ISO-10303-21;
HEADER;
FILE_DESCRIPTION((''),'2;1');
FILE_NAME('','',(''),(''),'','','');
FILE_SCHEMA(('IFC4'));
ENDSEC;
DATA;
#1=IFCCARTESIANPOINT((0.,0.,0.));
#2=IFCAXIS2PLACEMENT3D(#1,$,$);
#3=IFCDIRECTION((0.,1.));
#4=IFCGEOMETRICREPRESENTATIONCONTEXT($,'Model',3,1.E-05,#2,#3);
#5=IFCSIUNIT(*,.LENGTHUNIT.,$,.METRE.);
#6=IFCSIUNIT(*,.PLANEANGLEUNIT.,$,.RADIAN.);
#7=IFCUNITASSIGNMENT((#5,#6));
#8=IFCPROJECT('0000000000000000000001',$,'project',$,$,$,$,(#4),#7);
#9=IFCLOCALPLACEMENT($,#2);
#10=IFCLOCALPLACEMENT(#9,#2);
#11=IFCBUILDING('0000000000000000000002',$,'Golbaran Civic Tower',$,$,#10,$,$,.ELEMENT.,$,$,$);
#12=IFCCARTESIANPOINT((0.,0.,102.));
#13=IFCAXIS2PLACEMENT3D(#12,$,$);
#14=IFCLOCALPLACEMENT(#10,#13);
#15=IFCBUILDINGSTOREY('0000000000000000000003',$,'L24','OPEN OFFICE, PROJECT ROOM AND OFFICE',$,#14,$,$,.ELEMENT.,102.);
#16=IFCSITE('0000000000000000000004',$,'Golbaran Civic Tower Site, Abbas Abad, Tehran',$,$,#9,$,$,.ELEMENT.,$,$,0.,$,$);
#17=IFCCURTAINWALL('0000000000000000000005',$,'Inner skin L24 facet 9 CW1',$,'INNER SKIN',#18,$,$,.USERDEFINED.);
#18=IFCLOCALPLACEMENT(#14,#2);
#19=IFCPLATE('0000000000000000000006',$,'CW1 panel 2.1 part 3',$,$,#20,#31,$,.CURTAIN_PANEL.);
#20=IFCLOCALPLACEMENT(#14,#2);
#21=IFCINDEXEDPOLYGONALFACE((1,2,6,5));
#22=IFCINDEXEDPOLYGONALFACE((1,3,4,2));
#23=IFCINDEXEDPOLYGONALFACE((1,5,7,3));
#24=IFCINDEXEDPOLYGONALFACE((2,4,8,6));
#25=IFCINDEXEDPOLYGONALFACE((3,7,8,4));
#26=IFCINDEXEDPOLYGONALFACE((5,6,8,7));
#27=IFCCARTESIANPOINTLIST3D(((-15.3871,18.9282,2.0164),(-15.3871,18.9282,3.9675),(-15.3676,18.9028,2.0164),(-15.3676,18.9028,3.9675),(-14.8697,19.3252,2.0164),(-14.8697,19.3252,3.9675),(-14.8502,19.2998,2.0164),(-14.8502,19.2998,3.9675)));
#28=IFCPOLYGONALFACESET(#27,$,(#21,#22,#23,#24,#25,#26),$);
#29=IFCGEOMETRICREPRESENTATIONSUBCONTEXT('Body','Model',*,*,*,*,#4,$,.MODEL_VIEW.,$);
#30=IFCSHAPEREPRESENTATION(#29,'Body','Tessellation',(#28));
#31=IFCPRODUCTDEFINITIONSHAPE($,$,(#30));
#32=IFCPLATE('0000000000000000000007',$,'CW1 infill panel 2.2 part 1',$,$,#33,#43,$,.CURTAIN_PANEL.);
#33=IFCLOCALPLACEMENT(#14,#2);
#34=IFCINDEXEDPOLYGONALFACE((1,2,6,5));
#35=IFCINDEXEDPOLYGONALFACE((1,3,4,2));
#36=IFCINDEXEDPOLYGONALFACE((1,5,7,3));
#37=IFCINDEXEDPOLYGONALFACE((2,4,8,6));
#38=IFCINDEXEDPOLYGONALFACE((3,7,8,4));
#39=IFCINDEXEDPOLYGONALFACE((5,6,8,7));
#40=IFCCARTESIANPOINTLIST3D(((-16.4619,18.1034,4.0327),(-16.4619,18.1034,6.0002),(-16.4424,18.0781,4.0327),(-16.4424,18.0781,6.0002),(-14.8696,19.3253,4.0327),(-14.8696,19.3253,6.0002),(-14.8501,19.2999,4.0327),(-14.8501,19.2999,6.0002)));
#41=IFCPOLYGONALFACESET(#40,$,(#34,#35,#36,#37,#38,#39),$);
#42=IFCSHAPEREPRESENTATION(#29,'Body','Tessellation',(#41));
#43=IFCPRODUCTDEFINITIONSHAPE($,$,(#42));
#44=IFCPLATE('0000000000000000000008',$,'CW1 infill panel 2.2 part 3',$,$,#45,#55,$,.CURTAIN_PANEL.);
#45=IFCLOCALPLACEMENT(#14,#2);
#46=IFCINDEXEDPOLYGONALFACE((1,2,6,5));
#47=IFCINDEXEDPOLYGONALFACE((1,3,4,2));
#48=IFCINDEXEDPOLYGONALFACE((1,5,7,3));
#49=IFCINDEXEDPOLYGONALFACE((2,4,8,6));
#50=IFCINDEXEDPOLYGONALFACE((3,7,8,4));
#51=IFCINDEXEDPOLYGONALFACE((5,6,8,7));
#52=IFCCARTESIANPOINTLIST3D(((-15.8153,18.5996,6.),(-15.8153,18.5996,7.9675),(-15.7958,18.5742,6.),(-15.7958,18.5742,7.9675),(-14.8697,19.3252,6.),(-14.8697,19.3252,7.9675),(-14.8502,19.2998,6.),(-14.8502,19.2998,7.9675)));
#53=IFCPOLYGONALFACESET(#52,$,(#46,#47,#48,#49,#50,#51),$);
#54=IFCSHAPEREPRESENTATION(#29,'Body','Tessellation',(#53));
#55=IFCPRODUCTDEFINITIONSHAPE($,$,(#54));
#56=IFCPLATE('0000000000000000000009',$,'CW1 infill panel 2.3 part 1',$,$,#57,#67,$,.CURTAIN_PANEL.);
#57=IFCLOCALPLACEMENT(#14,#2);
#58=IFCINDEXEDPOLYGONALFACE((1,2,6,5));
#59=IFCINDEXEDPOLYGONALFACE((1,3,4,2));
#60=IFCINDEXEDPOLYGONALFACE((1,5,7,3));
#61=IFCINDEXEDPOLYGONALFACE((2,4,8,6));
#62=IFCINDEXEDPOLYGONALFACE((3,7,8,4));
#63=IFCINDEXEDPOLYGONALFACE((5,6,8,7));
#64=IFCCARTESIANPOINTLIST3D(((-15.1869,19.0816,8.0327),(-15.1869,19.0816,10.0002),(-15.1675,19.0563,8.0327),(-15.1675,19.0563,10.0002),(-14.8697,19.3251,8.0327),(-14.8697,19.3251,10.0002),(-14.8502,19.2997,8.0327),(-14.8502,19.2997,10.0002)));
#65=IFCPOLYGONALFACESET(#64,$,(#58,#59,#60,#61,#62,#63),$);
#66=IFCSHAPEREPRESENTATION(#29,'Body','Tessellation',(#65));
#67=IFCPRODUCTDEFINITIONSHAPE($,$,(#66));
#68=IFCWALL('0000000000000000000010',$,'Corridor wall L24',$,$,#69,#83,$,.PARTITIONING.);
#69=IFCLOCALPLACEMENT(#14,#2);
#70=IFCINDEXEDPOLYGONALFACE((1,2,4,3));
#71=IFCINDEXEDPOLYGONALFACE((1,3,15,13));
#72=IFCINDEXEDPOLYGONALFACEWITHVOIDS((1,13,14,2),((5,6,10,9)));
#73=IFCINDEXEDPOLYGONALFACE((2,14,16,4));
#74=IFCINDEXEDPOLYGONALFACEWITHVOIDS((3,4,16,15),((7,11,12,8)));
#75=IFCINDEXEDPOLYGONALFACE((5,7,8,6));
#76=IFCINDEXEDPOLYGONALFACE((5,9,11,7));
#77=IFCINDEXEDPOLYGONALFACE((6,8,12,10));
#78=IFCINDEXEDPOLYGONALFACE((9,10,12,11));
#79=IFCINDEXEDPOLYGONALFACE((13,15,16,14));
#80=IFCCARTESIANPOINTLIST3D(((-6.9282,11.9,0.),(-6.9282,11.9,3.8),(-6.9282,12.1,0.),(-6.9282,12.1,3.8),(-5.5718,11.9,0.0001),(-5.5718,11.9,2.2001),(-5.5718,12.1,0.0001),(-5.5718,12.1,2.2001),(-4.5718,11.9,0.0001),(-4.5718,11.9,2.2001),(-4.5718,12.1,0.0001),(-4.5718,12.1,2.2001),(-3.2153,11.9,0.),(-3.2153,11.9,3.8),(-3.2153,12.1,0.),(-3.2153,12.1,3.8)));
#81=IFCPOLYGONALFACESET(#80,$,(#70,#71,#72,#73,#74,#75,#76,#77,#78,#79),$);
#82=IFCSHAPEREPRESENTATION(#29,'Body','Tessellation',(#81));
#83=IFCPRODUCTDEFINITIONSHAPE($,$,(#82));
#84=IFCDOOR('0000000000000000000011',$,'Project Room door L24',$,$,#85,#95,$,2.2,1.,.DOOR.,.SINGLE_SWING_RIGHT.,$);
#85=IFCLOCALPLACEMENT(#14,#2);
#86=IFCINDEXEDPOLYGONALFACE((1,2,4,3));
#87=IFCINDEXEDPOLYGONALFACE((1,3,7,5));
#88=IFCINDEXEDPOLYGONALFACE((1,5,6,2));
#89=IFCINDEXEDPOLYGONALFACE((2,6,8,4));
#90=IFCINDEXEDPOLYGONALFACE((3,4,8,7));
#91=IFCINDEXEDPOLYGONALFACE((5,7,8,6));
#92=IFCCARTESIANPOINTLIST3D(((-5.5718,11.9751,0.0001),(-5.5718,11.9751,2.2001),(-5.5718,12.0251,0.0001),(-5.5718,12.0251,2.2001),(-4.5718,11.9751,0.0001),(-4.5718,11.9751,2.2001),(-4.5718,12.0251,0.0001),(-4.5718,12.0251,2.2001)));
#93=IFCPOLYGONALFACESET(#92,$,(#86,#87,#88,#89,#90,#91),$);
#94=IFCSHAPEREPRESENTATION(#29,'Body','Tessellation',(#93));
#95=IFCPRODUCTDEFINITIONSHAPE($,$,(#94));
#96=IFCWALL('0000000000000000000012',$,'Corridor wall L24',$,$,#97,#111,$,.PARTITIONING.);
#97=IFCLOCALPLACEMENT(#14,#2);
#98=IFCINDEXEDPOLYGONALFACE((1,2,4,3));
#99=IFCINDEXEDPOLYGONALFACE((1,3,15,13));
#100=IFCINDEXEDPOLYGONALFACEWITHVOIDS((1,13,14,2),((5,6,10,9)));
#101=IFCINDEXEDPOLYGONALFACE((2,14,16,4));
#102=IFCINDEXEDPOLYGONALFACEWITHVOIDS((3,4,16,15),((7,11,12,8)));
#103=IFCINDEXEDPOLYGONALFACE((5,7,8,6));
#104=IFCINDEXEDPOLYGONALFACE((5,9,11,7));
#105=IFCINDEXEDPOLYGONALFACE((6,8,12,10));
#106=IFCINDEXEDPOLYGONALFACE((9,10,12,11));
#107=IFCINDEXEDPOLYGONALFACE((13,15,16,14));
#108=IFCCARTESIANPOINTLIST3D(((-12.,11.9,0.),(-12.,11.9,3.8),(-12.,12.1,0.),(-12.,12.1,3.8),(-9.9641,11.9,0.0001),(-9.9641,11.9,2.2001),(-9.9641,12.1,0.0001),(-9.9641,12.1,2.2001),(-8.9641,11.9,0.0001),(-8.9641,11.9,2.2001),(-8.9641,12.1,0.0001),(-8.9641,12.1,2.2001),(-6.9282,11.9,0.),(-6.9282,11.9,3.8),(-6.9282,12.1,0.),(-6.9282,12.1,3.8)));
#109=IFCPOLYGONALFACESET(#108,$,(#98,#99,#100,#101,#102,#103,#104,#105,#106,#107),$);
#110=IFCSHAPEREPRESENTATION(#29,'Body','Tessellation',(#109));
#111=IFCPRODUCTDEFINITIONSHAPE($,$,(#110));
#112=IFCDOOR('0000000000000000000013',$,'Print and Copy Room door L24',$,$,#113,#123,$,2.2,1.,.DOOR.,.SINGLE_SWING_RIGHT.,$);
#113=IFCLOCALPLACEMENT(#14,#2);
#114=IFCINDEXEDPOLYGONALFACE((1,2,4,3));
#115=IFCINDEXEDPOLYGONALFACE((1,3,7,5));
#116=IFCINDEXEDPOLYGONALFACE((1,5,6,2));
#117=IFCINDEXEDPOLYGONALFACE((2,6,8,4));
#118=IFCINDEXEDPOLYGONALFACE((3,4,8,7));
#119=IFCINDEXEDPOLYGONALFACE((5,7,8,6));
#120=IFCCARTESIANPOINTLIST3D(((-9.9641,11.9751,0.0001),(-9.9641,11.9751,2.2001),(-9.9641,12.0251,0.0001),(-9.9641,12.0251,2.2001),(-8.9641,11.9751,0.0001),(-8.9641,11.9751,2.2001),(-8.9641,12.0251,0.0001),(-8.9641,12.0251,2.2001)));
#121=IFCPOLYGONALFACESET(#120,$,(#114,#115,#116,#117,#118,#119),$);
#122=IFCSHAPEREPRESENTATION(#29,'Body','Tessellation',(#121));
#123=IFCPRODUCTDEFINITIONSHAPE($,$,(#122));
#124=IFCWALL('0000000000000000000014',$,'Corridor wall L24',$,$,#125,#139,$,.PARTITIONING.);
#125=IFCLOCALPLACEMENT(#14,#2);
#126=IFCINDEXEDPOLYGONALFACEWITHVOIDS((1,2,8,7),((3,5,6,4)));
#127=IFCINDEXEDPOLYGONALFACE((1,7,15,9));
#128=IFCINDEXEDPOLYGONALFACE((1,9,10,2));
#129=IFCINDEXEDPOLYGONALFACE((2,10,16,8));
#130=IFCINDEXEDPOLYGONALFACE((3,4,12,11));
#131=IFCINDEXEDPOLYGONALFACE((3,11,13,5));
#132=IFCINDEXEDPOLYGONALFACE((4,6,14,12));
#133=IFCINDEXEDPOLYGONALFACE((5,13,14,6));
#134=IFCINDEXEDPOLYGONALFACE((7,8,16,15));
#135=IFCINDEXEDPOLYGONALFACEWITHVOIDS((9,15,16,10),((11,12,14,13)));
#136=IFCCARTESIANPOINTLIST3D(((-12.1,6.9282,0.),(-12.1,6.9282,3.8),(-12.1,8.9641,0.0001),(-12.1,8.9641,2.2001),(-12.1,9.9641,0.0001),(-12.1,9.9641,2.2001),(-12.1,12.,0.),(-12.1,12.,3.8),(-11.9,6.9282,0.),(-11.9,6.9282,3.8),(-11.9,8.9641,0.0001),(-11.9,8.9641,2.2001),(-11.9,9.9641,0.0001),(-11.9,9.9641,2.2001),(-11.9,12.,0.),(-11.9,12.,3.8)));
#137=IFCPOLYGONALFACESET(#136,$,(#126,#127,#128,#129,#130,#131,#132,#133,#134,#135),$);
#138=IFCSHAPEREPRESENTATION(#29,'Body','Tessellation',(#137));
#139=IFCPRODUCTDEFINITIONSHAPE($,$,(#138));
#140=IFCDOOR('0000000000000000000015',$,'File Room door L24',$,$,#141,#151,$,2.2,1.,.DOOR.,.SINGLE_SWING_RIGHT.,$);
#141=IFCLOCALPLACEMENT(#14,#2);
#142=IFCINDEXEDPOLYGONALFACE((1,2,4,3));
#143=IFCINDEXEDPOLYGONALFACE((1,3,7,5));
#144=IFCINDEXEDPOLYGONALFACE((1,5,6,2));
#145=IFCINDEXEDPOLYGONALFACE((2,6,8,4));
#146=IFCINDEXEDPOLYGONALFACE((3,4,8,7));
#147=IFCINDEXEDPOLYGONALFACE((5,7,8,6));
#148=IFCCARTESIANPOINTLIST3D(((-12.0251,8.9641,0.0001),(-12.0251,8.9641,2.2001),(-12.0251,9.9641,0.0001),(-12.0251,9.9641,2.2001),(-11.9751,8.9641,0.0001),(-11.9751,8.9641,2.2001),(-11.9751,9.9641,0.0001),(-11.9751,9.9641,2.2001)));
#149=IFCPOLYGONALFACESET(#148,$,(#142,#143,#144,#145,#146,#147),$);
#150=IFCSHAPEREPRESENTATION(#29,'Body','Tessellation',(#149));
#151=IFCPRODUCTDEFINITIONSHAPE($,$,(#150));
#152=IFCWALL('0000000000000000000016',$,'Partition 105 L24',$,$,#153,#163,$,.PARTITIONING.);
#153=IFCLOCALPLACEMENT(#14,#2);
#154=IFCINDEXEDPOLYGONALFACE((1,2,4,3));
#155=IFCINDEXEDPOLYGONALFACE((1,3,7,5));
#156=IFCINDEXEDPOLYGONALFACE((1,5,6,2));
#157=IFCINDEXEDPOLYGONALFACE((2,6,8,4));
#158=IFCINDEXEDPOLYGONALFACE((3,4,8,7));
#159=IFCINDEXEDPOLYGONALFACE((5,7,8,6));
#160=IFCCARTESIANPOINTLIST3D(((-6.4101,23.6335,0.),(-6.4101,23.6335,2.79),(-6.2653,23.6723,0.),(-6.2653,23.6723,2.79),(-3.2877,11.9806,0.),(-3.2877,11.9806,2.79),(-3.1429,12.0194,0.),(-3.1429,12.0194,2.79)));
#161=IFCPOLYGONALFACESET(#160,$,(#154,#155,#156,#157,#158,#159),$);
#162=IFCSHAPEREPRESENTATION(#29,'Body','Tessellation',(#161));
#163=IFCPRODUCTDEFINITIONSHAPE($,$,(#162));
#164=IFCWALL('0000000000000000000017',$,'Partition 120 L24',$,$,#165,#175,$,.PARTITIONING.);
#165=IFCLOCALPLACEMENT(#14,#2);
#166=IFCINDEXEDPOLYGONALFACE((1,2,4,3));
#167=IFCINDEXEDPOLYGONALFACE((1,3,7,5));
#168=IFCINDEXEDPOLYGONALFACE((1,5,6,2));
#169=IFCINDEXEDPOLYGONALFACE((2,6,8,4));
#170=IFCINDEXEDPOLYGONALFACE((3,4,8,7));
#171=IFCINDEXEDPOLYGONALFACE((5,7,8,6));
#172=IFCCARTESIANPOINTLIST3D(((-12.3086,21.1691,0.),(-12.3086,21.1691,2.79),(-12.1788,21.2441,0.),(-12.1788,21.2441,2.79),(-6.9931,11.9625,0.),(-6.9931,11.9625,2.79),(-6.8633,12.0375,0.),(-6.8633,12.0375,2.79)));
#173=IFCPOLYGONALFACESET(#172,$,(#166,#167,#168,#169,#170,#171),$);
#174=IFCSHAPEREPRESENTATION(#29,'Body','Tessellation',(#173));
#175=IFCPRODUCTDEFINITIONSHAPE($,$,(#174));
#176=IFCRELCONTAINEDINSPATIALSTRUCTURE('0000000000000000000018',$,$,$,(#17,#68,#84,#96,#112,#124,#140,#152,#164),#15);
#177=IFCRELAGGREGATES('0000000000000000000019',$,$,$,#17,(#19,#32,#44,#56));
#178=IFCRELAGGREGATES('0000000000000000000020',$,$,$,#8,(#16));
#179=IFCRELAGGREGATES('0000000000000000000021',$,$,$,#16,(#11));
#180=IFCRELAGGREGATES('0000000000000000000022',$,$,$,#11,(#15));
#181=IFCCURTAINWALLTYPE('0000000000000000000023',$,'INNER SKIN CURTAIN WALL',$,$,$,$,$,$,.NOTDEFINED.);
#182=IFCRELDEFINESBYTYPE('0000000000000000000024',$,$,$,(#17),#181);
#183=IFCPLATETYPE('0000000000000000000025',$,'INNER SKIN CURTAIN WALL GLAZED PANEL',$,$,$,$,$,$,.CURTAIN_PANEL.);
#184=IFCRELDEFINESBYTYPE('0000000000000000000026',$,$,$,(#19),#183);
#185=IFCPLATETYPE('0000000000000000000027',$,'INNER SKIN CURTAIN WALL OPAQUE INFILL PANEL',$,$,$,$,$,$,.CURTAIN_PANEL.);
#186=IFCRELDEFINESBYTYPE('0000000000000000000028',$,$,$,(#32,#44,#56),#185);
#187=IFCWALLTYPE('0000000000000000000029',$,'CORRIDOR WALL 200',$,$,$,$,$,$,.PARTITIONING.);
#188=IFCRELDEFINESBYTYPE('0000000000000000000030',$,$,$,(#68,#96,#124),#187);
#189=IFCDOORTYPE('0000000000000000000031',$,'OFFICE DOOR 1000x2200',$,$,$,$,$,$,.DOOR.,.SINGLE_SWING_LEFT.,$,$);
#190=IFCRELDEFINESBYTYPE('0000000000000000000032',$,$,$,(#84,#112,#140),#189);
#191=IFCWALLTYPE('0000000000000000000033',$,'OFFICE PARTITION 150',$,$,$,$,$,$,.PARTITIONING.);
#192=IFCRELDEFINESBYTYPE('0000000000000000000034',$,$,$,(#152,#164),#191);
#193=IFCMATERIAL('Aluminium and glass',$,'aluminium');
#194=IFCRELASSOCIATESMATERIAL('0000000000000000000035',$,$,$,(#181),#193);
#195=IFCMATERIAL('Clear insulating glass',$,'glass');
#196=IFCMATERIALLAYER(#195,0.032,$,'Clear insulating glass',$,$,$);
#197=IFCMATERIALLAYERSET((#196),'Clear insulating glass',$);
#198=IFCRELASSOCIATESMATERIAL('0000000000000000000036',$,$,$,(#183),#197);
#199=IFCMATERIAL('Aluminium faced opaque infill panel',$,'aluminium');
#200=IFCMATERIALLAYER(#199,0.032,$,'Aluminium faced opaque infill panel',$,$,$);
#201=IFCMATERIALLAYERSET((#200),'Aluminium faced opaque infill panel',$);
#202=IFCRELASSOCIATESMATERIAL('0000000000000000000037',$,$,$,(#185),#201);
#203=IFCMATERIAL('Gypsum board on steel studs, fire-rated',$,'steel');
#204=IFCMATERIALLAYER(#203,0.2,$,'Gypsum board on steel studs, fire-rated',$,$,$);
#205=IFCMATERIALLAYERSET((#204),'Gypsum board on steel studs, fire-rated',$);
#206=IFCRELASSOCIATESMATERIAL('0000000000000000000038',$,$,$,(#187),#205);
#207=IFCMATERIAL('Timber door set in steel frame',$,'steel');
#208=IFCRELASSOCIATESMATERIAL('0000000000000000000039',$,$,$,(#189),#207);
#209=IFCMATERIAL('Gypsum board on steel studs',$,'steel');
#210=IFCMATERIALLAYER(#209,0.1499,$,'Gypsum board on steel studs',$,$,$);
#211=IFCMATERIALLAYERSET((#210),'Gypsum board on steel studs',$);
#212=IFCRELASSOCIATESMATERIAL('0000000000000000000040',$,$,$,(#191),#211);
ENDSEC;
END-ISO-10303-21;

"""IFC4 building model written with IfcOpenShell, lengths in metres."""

from ifc_helpers import new_model, si_unit, direction, frame, frame_2d, origin, origin_2d, place, context, subcontext, project, spatial, rectangle, extrude, material, layer, layer_set, type_object, element, fill, aggregate, save


model = new_model("IFC4")

# Units and contexts
model_context = context("Model", 3, precision=1e-05, world=origin(), true_north=direction((0.0, 1.0)))
body_context = subcontext(model_context, "Body", "Model", "MODEL_VIEW")
ifc_project = project(units=[si_unit("LENGTHUNIT", "METRE"), si_unit("PLANEANGLEUNIT", "RADIAN")], contexts=[model_context])

# Site, building, storey
site_placement = place(None, origin())
site = spatial("IfcSite", under=ifc_project, at=site_placement, Name="Golbaran Civic Tower Site, Abbas Abad, Tehran", CompositionType="ELEMENT", RefElevation=0.0)
building_placement = place(site_placement, origin())
building = spatial("IfcBuilding", under=site, at=building_placement, Name="Golbaran Civic Tower", CompositionType="ELEMENT")
storey_placement = place(building_placement, frame((0.0, 0.0, 102.0)))
storey = spatial("IfcBuildingStorey", under=building, at=storey_placement, Name="L24", Description="OPEN OFFICE, PROJECT ROOM AND OFFICE", CompositionType="ELEMENT", Elevation=102.0)

# Curtain wall
ifc_material_1 = material(Name="Aluminium and glass", Category="aluminium")
curtain_wall_type = type_object("IfcCurtainWallType", Name="INNER SKIN CURTAIN WALL", PredefinedType="NOTDEFINED", material=ifc_material_1)
curtain_wall_placement = place(storey_placement, origin())
curtain_wall = element("IfcCurtainWall", 1, at=curtain_wall_placement, inside=storey, type_object=curtain_wall_type, Name="Inner skin L24 facet 9 CW1", ObjectType="INNER SKIN", PredefinedType="USERDEFINED")

# Plates
ifc_material_2 = material(Name="Clear insulating glass", Category="glass")
ifc_layer_1 = layer(ifc_material_2, 0.032, Name="Clear insulating glass")
ifc_layer_set_1 = layer_set([ifc_layer_1], Name="Clear insulating glass")
plate_type_1 = type_object("IfcPlateType", Name="INNER SKIN CURTAIN WALL GLAZED PANEL", PredefinedType="CURTAIN_PANEL", material=ifc_layer_set_1)
plate_1_placement = place(storey_placement, frame((-15.1187, 19.114, 2.0164), z_axis=(0.0, 0.0, 1.0), x_axis=(-0.793353, -0.608761, 0.0)))
plate_1 = element("IfcPlate", 2, at=plate_1_placement, type_object=plate_type_1, Name="CW1 panel 2.1 part 3", PredefinedType="CURTAIN_PANEL", context=body_context, shape_type="SweptSolid", body=[
    extrude(rectangle(XDim=0.6521, YDim=0.032, at=origin_2d()), origin(), (0.0, 0.0, 1.0), 1.9512),
])
ifc_material_3 = material(Name="Aluminium faced opaque infill panel", Category="aluminium")
ifc_layer_2 = layer(ifc_material_3, 0.032, Name="Aluminium faced opaque infill panel")
ifc_layer_set_2 = layer_set([ifc_layer_2], Name="Aluminium faced opaque infill panel")
plate_type_2 = type_object("IfcPlateType", Name="INNER SKIN CURTAIN WALL OPAQUE INFILL PANEL", PredefinedType="CURTAIN_PANEL", material=ifc_layer_set_2)
plate_2_placement = place(storey_placement, frame((-15.656, 18.7017, 4.0327), z_axis=(0.0, 0.0, 1.0), x_axis=(-0.793353, -0.608761, 0.0)))
plate_2 = element("IfcPlate", 3, at=plate_2_placement, type_object=plate_type_2, Name="CW1 infill panel 2.2 part 1", PredefinedType="CURTAIN_PANEL", context=body_context, shape_type="SweptSolid", body=[
    extrude(rectangle(XDim=2.0071, YDim=0.032, at=origin_2d()), origin(), (0.0, 0.0, 1.0), 1.9675),
])
plate_3_placement = place(storey_placement, frame((-15.3328, 18.9497, 6.0), z_axis=(0.0, 0.0, 1.0), x_axis=(-0.793353, -0.608761, 0.0)))
plate_3 = element("IfcPlate", 4, at=plate_3_placement, type_object=plate_type_2, Name="CW1 infill panel 2.2 part 3", PredefinedType="CURTAIN_PANEL", context=body_context, shape_type="SweptSolid", body=[
    extrude(rectangle(XDim=1.1919, YDim=0.032, at=origin_2d()), origin(), (0.0, 0.0, 1.0), 1.9675),
])
plate_4_placement = place(storey_placement, frame((-15.0186, 19.1907, 8.0327), z_axis=(0.0, 0.0, 1.0), x_axis=(-0.793353, -0.608761, 0.0)))
plate_4 = element("IfcPlate", 5, at=plate_4_placement, type_object=plate_type_2, Name="CW1 infill panel 2.3 part 1", PredefinedType="CURTAIN_PANEL", context=body_context, shape_type="SweptSolid", body=[
    extrude(rectangle(XDim=0.3999, YDim=0.032, at=origin_2d()), origin(), (0.0, 0.0, 1.0), 1.9675),
])
aggregate(curtain_wall, [plate_1, plate_2, plate_3, plate_4])

# Walls, openings, doors
ifc_material_4 = material(Name="Gypsum board on steel studs, fire-rated", Category="steel")
ifc_layer_3 = layer(ifc_material_4, 0.2, Name="Gypsum board on steel studs, fire-rated")
ifc_layer_set_3 = layer_set([ifc_layer_3], Name="Gypsum board on steel studs, fire-rated")
wall_type_1 = type_object("IfcWallType", Name="CORRIDOR WALL 200", PredefinedType="PARTITIONING", material=ifc_layer_set_3)
wall_1_placement = place(storey_placement, frame((-3.2153, 12.0, 0.0), z_axis=(0.0, 0.0, 1.0), x_axis=(-1.0, 0.0, 0.0)))
wall_1 = element("IfcWall", 6, at=wall_1_placement, inside=storey, type_object=wall_type_1, Name="Corridor wall L24", PredefinedType="PARTITIONING", context=body_context, shape_type="SweptSolid", body=[
    extrude(rectangle(XDim=3.7129, YDim=0.2, at=frame_2d((1.8564, 0.0))), origin(), (0.0, 0.0, 1.0), 3.8),
])
opening_1_placement = place(wall_1_placement, frame((1.3564, 0.0, 0.0)))
opening_1 = element("IfcOpeningElement", 7, at=opening_1_placement, cuts=wall_1, PredefinedType="OPENING", context=body_context, shape_type="SweptSolid", body=[
    extrude(rectangle(XDim=1.0, YDim=2.2, at=frame_2d((0.5, 1.1001))), frame((0.0, 0.1099, 0.0), z_axis=(0.0, -1.0, 0.0), x_axis=(1.0, 0.0, 0.0)), (0.0, 0.0, 1.0), 0.22),
])
ifc_material_5 = material(Name="Timber door set in steel frame", Category="steel")
door_type = type_object("IfcDoorType", Name="OFFICE DOOR 1000x2200", OperationType="SINGLE_SWING_LEFT", PredefinedType="DOOR", material=ifc_material_5)
door_1_placement = place(opening_1_placement, origin())
door_1 = element("IfcDoor", 8, at=door_1_placement, inside=storey, type_object=door_type, Name="Project Room door L24", OperationType="SINGLE_SWING_RIGHT", OverallHeight=2.2, OverallWidth=1.0, PredefinedType="DOOR", context=body_context, shape_type="SweptSolid", body=[
    extrude(rectangle(XDim=1.0, YDim=2.2, at=frame_2d((0.5, 1.1001))), frame((0.0, 0.0249, 0.0), z_axis=(0.0, -1.0, 0.0), x_axis=(1.0, 0.0, 0.0)), (0.0, 0.0, 1.0), 0.05),
])
fill(opening_1, door_1)
wall_2_placement = place(storey_placement, frame((-6.9282, 12.0, 0.0), z_axis=(0.0, 0.0, 1.0), x_axis=(-1.0, 0.0, 0.0)))
wall_2 = element("IfcWall", 9, at=wall_2_placement, inside=storey, type_object=wall_type_1, Name="Corridor wall L24", PredefinedType="PARTITIONING", context=body_context, shape_type="SweptSolid", body=[
    extrude(rectangle(XDim=5.0718, YDim=0.2, at=frame_2d((2.5359, 0.0))), origin(), (0.0, 0.0, 1.0), 3.8),
])
opening_2_placement = place(wall_2_placement, frame((2.0359, 0.0, 0.0)))
opening_2 = element("IfcOpeningElement", 10, at=opening_2_placement, cuts=wall_2, PredefinedType="OPENING", context=body_context, shape_type="SweptSolid", body=[
    extrude(rectangle(XDim=1.0, YDim=2.2, at=frame_2d((0.5, 1.1001))), frame((0.0, 0.1099, 0.0), z_axis=(0.0, -1.0, 0.0), x_axis=(1.0, 0.0, 0.0)), (0.0, 0.0, 1.0), 0.22),
])
door_2_placement = place(opening_2_placement, origin())
door_2 = element("IfcDoor", 11, at=door_2_placement, inside=storey, type_object=door_type, Name="Print and Copy Room door L24", OperationType="SINGLE_SWING_RIGHT", OverallHeight=2.2, OverallWidth=1.0, PredefinedType="DOOR", context=body_context, shape_type="SweptSolid", body=[
    extrude(rectangle(XDim=1.0, YDim=2.2, at=frame_2d((0.5, 1.1001))), frame((0.0, 0.0249, 0.0), z_axis=(0.0, -1.0, 0.0), x_axis=(1.0, 0.0, 0.0)), (0.0, 0.0, 1.0), 0.05),
])
fill(opening_2, door_2)
wall_3_placement = place(storey_placement, frame((-12.0, 12.0, 0.0), z_axis=(0.0, 0.0, 1.0), x_axis=(0.0, -1.0, 0.0)))
wall_3 = element("IfcWall", 12, at=wall_3_placement, inside=storey, type_object=wall_type_1, Name="Corridor wall L24", PredefinedType="PARTITIONING", context=body_context, shape_type="SweptSolid", body=[
    extrude(rectangle(XDim=5.0718, YDim=0.2, at=frame_2d((2.5359, 0.0))), origin(), (0.0, 0.0, 1.0), 3.8),
])
opening_3_placement = place(wall_3_placement, frame((2.0359, 0.0, 0.0)))
opening_3 = element("IfcOpeningElement", 13, at=opening_3_placement, cuts=wall_3, PredefinedType="OPENING", context=body_context, shape_type="SweptSolid", body=[
    extrude(rectangle(XDim=1.0, YDim=2.2, at=frame_2d((0.5, 1.1001))), frame((0.0, 0.1099, 0.0), z_axis=(0.0, -1.0, 0.0), x_axis=(1.0, 0.0, 0.0)), (0.0, 0.0, 1.0), 0.22),
])
door_3_placement = place(opening_3_placement, origin())
door_3 = element("IfcDoor", 14, at=door_3_placement, inside=storey, type_object=door_type, Name="File Room door L24", OperationType="SINGLE_SWING_RIGHT", OverallHeight=2.2, OverallWidth=1.0, PredefinedType="DOOR", context=body_context, shape_type="SweptSolid", body=[
    extrude(rectangle(XDim=1.0, YDim=2.2, at=frame_2d((0.5, 1.1001))), frame((0.0, 0.0249, 0.0), z_axis=(0.0, -1.0, 0.0), x_axis=(1.0, 0.0, 0.0)), (0.0, 0.0, 1.0), 0.05),
])
fill(opening_3, door_3)

# Walls
ifc_material_6 = material(Name="Gypsum board on steel studs", Category="steel")
ifc_layer_4 = layer(ifc_material_6, 0.1499, Name="Gypsum board on steel studs")
ifc_layer_set_4 = layer_set([ifc_layer_4], Name="Gypsum board on steel studs")
wall_type_2 = type_object("IfcWallType", Name="OFFICE PARTITION 150", PredefinedType="PARTITIONING", material=ifc_layer_set_4)
wall_4_placement = place(storey_placement, frame((-3.2153, 12.0, 0.0), z_axis=(0.0, 0.0, 1.0), x_axis=(-0.258815, 0.965927, 0.0)))
element("IfcWall", 15, at=wall_4_placement, inside=storey, type_object=wall_type_2, Name="Partition 105 L24", PredefinedType="PARTITIONING", context=body_context, shape_type="SweptSolid", body=[
    extrude(rectangle(XDim=12.064, YDim=0.1499, at=frame_2d((6.032, 0.0))), origin(), (0.0, 0.0, 1.0), 2.79),
])
wall_5_placement = place(storey_placement, frame((-6.9282, 12.0, 0.0), z_axis=(0.0, 0.0, 1.0), x_axis=(-0.500002, 0.866024, 0.0)))
element("IfcWall", 16, at=wall_5_placement, inside=storey, type_object=wall_type_2, Name="Partition 120 L24", PredefinedType="PARTITIONING", context=body_context, shape_type="SweptSolid", body=[
    extrude(rectangle(XDim=10.6309, YDim=0.1499, at=frame_2d((5.3154, 0.0))), origin(), (0.0, 0.0, 1.0), 2.79),
])

save(model, "model.ifc")
